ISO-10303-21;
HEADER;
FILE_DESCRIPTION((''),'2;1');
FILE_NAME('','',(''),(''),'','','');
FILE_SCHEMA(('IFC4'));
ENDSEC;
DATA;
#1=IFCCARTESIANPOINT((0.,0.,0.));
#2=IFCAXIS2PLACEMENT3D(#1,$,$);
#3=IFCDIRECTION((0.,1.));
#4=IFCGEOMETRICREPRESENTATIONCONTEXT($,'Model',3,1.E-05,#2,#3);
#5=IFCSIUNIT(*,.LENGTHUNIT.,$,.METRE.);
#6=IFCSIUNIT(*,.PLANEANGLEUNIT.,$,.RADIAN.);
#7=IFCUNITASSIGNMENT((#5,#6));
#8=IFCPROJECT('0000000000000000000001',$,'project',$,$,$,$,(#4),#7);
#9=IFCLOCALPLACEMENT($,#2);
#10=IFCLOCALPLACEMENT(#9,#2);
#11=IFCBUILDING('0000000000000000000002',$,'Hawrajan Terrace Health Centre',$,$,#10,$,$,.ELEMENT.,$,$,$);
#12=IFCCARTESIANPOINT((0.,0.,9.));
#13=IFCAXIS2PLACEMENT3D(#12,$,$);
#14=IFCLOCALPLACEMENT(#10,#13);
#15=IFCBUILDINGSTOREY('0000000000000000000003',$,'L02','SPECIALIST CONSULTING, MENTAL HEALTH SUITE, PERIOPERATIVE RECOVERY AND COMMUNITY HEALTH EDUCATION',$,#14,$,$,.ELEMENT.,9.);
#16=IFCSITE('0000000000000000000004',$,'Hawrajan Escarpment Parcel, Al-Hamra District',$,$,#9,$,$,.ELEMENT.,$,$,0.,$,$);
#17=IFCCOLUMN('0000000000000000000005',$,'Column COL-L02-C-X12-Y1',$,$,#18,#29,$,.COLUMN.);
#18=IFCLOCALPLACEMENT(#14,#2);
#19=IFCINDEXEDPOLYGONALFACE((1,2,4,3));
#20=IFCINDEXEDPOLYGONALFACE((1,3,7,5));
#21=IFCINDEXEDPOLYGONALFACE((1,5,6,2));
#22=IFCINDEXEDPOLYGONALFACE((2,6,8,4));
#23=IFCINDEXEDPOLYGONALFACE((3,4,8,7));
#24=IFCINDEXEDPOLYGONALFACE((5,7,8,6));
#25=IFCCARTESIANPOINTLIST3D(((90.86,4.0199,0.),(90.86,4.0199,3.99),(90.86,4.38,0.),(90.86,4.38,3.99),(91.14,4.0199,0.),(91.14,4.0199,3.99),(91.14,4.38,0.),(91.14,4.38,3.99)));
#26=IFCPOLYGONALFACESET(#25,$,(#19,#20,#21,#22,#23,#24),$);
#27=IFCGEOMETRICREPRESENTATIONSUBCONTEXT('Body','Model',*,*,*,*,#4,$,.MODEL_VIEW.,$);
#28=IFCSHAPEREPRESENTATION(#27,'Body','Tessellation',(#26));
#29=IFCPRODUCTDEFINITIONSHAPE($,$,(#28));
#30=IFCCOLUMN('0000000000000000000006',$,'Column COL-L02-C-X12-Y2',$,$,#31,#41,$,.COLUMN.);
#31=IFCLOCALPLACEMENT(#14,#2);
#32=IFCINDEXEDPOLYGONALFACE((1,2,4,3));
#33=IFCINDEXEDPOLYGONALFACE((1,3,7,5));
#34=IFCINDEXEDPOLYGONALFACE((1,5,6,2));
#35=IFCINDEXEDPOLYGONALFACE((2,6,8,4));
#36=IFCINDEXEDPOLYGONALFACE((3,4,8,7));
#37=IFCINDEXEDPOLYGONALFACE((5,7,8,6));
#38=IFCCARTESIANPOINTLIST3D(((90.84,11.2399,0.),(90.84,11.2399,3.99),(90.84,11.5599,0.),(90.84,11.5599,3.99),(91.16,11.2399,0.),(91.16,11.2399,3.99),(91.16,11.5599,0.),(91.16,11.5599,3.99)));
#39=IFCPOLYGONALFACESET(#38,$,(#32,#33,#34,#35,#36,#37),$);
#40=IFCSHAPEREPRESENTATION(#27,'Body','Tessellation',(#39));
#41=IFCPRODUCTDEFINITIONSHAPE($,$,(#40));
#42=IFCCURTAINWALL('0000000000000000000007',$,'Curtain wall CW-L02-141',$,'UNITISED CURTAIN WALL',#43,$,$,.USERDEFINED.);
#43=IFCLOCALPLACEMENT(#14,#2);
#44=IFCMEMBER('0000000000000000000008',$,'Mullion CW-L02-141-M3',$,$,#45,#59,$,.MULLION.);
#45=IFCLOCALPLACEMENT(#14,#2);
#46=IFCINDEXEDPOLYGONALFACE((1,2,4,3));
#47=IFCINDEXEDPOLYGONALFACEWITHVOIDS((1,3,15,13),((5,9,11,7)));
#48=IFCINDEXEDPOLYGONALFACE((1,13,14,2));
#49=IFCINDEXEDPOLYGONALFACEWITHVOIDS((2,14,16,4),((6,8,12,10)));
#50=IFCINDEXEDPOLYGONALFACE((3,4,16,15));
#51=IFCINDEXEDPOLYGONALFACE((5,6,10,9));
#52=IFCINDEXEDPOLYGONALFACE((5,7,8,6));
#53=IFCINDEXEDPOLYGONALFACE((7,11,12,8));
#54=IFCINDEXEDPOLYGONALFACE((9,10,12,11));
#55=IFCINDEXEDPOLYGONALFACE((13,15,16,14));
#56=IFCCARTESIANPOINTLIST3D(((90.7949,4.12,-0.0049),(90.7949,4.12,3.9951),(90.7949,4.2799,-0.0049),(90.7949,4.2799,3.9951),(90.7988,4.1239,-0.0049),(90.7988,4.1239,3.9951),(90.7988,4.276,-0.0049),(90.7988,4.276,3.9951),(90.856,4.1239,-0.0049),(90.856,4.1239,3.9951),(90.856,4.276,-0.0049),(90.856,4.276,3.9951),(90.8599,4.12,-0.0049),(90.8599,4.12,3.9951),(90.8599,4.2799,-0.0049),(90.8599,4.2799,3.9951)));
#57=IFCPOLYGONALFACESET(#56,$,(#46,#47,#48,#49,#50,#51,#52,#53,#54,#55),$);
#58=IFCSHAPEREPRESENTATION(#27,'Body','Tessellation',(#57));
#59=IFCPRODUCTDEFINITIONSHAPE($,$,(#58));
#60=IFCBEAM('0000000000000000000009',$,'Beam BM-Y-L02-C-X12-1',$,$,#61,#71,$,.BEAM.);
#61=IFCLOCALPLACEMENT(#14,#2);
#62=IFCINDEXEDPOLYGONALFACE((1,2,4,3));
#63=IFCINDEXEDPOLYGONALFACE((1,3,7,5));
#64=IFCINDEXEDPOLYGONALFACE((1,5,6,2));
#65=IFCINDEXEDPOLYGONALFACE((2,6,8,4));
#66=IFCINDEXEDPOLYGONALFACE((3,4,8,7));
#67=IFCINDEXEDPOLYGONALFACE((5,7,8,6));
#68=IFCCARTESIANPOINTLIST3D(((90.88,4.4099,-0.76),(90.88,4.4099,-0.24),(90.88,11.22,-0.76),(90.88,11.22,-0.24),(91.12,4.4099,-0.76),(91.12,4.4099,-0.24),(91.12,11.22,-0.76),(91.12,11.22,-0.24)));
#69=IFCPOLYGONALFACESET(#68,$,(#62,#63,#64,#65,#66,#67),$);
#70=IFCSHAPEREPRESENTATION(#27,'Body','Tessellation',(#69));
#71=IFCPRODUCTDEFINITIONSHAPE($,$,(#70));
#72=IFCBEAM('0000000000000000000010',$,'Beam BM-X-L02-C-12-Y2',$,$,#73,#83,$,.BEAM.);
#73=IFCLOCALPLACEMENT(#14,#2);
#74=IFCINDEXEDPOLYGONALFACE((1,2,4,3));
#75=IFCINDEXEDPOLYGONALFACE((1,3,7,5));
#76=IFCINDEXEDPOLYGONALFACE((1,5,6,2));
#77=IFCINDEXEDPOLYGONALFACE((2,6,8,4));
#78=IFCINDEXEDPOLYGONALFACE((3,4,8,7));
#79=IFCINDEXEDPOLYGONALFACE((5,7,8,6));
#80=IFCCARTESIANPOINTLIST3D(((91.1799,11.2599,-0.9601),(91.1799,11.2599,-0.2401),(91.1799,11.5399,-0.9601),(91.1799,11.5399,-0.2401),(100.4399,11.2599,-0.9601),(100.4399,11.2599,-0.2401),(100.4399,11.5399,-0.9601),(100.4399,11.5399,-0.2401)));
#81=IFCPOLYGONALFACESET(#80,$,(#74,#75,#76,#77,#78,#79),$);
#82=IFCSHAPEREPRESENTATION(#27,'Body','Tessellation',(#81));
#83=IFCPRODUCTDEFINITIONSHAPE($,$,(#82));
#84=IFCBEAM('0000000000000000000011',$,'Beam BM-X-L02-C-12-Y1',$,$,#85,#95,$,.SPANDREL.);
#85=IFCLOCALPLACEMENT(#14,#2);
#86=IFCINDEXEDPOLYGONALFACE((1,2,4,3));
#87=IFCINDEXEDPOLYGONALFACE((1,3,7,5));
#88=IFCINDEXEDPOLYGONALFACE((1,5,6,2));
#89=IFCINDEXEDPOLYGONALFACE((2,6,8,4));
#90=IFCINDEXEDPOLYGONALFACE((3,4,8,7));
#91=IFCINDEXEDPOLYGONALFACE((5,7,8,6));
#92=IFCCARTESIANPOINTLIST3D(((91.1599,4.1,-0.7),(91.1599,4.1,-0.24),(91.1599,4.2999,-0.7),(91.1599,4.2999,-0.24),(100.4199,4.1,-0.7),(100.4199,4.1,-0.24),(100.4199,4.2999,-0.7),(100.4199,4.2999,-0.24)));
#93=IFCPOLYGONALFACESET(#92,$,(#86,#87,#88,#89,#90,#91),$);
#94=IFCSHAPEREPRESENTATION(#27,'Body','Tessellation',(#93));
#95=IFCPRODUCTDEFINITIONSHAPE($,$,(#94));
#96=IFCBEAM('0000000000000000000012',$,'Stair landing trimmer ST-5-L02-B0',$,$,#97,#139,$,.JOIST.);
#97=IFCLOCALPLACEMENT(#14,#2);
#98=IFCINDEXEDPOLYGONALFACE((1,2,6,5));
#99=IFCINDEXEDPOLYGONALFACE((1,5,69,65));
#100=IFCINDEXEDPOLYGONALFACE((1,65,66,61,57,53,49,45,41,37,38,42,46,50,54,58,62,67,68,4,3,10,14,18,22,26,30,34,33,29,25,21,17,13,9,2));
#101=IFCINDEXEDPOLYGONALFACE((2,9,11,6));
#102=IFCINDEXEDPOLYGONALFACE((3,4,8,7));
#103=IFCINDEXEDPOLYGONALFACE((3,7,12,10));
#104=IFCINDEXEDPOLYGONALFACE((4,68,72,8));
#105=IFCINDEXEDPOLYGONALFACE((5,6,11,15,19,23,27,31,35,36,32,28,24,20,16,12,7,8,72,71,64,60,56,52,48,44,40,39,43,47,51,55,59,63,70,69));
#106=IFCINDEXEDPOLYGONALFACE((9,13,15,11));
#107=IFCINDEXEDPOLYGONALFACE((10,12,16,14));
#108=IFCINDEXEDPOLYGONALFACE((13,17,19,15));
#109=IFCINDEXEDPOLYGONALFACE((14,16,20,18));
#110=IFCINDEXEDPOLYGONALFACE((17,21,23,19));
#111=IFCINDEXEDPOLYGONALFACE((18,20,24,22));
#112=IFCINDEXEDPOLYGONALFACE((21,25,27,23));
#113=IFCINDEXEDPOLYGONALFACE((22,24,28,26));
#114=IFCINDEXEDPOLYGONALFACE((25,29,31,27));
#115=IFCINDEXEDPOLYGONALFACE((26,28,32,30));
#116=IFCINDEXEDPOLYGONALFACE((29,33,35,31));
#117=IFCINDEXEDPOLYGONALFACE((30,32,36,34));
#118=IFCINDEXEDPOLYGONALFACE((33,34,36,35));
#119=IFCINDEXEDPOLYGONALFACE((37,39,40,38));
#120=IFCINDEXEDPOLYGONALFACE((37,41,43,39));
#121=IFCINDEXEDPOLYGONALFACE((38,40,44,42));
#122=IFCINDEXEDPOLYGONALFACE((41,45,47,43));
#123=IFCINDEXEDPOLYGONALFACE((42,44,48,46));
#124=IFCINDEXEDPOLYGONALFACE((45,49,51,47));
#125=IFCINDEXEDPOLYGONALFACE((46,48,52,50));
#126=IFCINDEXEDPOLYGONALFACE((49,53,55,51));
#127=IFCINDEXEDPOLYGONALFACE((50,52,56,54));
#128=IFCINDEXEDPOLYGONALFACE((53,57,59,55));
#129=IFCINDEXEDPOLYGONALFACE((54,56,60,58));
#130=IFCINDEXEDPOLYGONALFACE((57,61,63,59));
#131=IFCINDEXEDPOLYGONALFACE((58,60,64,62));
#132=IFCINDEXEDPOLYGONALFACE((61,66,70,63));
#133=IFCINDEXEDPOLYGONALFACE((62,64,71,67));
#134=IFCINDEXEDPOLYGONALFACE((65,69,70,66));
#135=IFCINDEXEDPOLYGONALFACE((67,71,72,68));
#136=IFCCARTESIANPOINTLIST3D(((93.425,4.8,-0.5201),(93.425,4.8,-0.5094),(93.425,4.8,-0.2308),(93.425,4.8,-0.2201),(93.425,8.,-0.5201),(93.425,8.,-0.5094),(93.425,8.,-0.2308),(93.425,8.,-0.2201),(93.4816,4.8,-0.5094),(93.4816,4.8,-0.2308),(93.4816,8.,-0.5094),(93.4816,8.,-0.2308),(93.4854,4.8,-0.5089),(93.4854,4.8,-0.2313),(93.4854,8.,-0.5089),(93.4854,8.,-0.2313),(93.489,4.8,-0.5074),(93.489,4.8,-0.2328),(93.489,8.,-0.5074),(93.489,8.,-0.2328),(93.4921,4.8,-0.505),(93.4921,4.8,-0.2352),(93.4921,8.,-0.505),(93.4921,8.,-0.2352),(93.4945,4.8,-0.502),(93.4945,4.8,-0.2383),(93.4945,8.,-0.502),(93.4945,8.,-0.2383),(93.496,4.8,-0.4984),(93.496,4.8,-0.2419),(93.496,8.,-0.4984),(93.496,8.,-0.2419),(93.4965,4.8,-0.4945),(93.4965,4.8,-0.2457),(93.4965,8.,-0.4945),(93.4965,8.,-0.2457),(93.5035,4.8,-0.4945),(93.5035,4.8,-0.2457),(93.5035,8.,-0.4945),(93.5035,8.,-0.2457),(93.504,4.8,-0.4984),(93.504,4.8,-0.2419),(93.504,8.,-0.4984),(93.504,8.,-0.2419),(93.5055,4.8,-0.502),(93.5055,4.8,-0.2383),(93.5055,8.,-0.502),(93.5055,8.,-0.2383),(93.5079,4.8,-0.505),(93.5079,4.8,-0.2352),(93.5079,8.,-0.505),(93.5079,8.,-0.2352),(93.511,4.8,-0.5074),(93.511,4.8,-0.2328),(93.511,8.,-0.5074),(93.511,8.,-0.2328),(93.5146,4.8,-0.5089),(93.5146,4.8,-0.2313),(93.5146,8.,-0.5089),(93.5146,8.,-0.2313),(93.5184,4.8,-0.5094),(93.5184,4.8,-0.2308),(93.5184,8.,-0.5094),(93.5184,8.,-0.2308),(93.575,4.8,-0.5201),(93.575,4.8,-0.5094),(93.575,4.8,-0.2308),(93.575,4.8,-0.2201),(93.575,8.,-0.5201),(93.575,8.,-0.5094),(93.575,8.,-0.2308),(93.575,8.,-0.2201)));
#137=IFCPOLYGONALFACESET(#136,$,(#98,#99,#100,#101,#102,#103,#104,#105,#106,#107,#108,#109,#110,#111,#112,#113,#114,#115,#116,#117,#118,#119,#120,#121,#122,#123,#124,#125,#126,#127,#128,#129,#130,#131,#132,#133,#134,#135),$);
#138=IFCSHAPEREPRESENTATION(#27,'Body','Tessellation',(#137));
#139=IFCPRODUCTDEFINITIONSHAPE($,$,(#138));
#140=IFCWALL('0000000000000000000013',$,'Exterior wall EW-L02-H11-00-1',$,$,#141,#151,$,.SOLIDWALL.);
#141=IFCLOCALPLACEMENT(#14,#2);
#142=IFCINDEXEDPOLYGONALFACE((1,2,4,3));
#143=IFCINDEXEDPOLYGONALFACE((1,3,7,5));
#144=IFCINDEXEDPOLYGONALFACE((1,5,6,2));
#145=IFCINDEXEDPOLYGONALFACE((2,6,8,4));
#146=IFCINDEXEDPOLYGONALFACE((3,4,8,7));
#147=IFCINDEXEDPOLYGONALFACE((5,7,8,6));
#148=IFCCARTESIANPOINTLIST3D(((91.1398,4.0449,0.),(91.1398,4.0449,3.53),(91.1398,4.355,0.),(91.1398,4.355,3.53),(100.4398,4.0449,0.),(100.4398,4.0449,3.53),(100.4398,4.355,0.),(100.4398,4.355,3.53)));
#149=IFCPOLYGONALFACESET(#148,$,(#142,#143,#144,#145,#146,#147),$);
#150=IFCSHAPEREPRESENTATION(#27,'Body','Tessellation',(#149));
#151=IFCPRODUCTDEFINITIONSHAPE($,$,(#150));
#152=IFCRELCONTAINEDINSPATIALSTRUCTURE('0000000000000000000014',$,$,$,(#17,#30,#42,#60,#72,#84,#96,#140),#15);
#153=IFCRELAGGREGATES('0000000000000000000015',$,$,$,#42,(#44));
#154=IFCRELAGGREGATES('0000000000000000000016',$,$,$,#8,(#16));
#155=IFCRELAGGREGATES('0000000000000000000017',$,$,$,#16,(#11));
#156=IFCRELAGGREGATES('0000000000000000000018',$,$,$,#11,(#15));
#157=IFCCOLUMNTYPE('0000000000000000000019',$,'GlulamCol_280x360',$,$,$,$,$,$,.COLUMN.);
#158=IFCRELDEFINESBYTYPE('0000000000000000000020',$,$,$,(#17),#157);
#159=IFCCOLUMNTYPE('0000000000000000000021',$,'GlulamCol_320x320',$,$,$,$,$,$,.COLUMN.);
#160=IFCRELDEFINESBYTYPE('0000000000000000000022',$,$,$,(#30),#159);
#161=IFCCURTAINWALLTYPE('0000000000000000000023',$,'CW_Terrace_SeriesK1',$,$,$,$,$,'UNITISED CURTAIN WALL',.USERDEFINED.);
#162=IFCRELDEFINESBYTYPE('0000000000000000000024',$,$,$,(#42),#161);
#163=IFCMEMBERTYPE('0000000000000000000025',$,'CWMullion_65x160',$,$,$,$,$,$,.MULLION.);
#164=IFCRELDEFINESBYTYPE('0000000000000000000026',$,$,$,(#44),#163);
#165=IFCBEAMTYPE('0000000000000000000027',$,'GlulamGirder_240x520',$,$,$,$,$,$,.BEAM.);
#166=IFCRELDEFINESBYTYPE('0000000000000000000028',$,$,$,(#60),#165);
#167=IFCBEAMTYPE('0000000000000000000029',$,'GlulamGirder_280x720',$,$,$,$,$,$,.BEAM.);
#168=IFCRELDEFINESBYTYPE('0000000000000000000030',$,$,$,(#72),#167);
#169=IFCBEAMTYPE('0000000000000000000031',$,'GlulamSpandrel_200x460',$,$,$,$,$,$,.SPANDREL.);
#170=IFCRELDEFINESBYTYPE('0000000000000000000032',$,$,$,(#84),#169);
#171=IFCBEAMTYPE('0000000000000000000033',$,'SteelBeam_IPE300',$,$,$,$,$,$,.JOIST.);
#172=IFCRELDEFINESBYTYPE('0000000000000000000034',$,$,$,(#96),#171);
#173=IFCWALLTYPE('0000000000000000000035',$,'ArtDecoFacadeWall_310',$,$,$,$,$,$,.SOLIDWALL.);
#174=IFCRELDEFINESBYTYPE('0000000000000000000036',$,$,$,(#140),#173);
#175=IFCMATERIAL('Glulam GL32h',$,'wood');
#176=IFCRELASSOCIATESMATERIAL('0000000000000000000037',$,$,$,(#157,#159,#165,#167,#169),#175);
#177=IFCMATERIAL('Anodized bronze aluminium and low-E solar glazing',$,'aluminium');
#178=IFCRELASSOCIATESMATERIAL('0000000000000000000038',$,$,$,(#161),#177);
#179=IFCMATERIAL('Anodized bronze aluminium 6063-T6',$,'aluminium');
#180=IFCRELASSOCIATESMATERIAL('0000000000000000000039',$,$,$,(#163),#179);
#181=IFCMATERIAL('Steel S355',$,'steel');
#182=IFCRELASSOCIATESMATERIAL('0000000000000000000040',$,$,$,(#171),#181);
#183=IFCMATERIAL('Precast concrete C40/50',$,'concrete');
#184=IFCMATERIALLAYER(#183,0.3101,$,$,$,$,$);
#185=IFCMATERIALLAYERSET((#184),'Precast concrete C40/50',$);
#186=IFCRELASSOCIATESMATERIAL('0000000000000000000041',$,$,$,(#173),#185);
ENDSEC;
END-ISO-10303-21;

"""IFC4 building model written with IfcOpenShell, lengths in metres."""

from ifc_helpers import new_model, si_unit, direction, frame, frame_2d, origin, origin_2d, place, context, subcontext, project, spatial, rectangle, hollow_rectangle, i_section, extrude, material, layer, layer_set, material_profile, profile_set, type_object, element, aggregate, save


model = new_model("IFC4")

# Units and contexts
model_context = context("Model", 3, precision=1e-05, world=origin(), true_north=direction((0.0, 1.0)))
body_context = subcontext(model_context, "Body", "Model", "MODEL_VIEW")
ifc_project = project(units=[si_unit("LENGTHUNIT", "METRE"), si_unit("PLANEANGLEUNIT", "RADIAN")], contexts=[model_context])

# Site, building, storey
site_placement = place(None, origin())
site = spatial("IfcSite", under=ifc_project, at=site_placement, Name="Hawrajan Escarpment Parcel, Al-Hamra District", CompositionType="ELEMENT", RefElevation=0.0)
building_placement = place(site_placement, origin())
building = spatial("IfcBuilding", under=site, at=building_placement, Name="Hawrajan Terrace Health Centre", CompositionType="ELEMENT")
storey_placement = place(building_placement, frame((0.0, 0.0, 9.0)))
storey = spatial("IfcBuildingStorey", under=building, at=storey_placement, Name="L02", Description="SPECIALIST CONSULTING, MENTAL HEALTH SUITE, PERIOPERATIVE RECOVERY AND COMMUNITY HEALTH EDUCATION", CompositionType="ELEMENT", Elevation=9.0)

# Columns
ifc_material_1 = material(Name="Glulam GL32h", Category="wood")
ifc_material_profile_1 = material_profile(ifc_material_1, rectangle(XDim=0.28, YDim=0.3601, at=origin_2d()), Name="GL 280x360")
ifc_profile_set_1 = profile_set([ifc_material_profile_1], Name="Glulam GL32h")
column_type_1 = type_object("IfcColumnType", Name="GlulamCol_280x360", PredefinedType="COLUMN", material=ifc_profile_set_1)
column_1_placement = place(storey_placement, frame((91.0, 4.2, 0.0), z_axis=(0.0, 0.0, 1.0), x_axis=(1.0, 0.0, 0.0)))
element("IfcColumn", 1, at=column_1_placement, inside=storey, type_object=column_type_1, Name="Column COL-L02-C-X12-Y1", PredefinedType="COLUMN", context=body_context, shape_type="SweptSolid", body=[
    extrude(rectangle(XDim=0.28, YDim=0.3601, at=origin_2d()), origin(), (0.0, 0.0, 1.0), 3.99),
])
ifc_material_profile_2 = material_profile(ifc_material_1, rectangle(XDim=0.3201, YDim=0.3201, at=origin_2d()), Name="GL 320x320")
ifc_profile_set_2 = profile_set([ifc_material_profile_2], Name="Glulam GL32h")
column_type_2 = type_object("IfcColumnType", Name="GlulamCol_320x320", PredefinedType="COLUMN", material=ifc_profile_set_2)
column_2_placement = place(storey_placement, frame((91.0, 11.3999, 0.0), z_axis=(0.0, 0.0, 1.0), x_axis=(1.0, 0.0, 0.0)))
element("IfcColumn", 2, at=column_2_placement, inside=storey, type_object=column_type_2, Name="Column COL-L02-C-X12-Y2", PredefinedType="COLUMN", context=body_context, shape_type="SweptSolid", body=[
    extrude(rectangle(XDim=0.3201, YDim=0.3201, at=origin_2d()), origin(), (0.0, 0.0, 1.0), 3.99),
])

# Curtain wall, member
ifc_material_2 = material(Name="Anodized bronze aluminium and low-E solar glazing", Category="aluminium")
curtain_wall_type = type_object("IfcCurtainWallType", Name="CW_Terrace_SeriesK1", ElementType="UNITISED CURTAIN WALL", PredefinedType="USERDEFINED", material=ifc_material_2)
curtain_wall_placement = place(storey_placement, origin())
curtain_wall = element("IfcCurtainWall", 3, at=curtain_wall_placement, inside=storey, type_object=curtain_wall_type, Name="Curtain wall CW-L02-141", ObjectType="UNITISED CURTAIN WALL", PredefinedType="USERDEFINED")
ifc_material_3 = material(Name="Anodized bronze aluminium 6063-T6", Category="aluminium")
ifc_material_profile_3 = material_profile(ifc_material_3, hollow_rectangle(XDim=0.0649, YDim=0.1599, WallThickness=0.0039, at=origin_2d()), Name="CW MUL 65x160")
ifc_profile_set_3 = profile_set([ifc_material_profile_3], Name="Anodized bronze aluminium 6063-T6")
member_type = type_object("IfcMemberType", Name="CWMullion_65x160", PredefinedType="MULLION", material=ifc_profile_set_3)
member_placement = place(storey_placement, frame((90.8274, 4.2, -0.0049), z_axis=(0.0, 0.0, 1.0), x_axis=(1.0, 0.0, 0.0)))
member = element("IfcMember", 4, at=member_placement, type_object=member_type, Name="Mullion CW-L02-141-M3", PredefinedType="MULLION", context=body_context, shape_type="SweptSolid", body=[
    extrude(hollow_rectangle(XDim=0.0649, YDim=0.1599, WallThickness=0.0039, at=origin_2d()), origin(), (0.0, 0.0, 1.0), 4.0),
])
aggregate(curtain_wall, [member])

# Beams
ifc_material_profile_4 = material_profile(ifc_material_1, rectangle(XDim=0.24, YDim=0.52, at=origin_2d()), Name="GL BM 240x520")
ifc_profile_set_4 = profile_set([ifc_material_profile_4], Name="Glulam GL32h")
beam_type_1 = type_object("IfcBeamType", Name="GlulamGirder_240x520", PredefinedType="BEAM", material=ifc_profile_set_4)
beam_1_placement = place(storey_placement, frame((91.0, 4.4099, -0.5), z_axis=(0.0, 1.0, 0.0), x_axis=(-1.0, 0.0, 0.0)))
element("IfcBeam", 5, at=beam_1_placement, inside=storey, type_object=beam_type_1, Name="Beam BM-Y-L02-C-X12-1", PredefinedType="BEAM", context=body_context, shape_type="SweptSolid", body=[
    extrude(rectangle(XDim=0.24, YDim=0.52, at=origin_2d()), origin(), (0.0, 0.0, 1.0), 6.8101),
])
ifc_material_profile_5 = material_profile(ifc_material_1, rectangle(XDim=0.28, YDim=0.72, at=origin_2d()), Name="GL BM 280x720")
ifc_profile_set_5 = profile_set([ifc_material_profile_5], Name="Glulam GL32h")
beam_type_2 = type_object("IfcBeamType", Name="GlulamGirder_280x720", PredefinedType="BEAM", material=ifc_profile_set_5)
beam_2_placement = place(storey_placement, frame((91.1799, 11.3999, -0.6001), z_axis=(1.0, 0.0, 0.0), x_axis=(0.0, 1.0, 0.0)))
element("IfcBeam", 6, at=beam_2_placement, inside=storey, type_object=beam_type_2, Name="Beam BM-X-L02-C-12-Y2", PredefinedType="BEAM", context=body_context, shape_type="SweptSolid", body=[
    extrude(rectangle(XDim=0.28, YDim=0.72, at=origin_2d()), origin(), (0.0, 0.0, 1.0), 9.26),
])
ifc_material_profile_6 = material_profile(ifc_material_1, rectangle(XDim=0.2, YDim=0.46, at=origin_2d()), Name="GL SP 200x460")
ifc_profile_set_6 = profile_set([ifc_material_profile_6], Name="Glulam GL32h")
beam_type_3 = type_object("IfcBeamType", Name="GlulamSpandrel_200x460", PredefinedType="SPANDREL", material=ifc_profile_set_6)
beam_3_placement = place(storey_placement, frame((91.1599, 4.2, -0.47), z_axis=(1.0, 0.0, 0.0), x_axis=(0.0, 1.0, 0.0)))
element("IfcBeam", 7, at=beam_3_placement, inside=storey, type_object=beam_type_3, Name="Beam BM-X-L02-C-12-Y1", PredefinedType="SPANDREL", context=body_context, shape_type="SweptSolid", body=[
    extrude(rectangle(XDim=0.2, YDim=0.46, at=origin_2d()), origin(), (0.0, 0.0, 1.0), 9.26),
])
ifc_material_4 = material(Name="Steel S355", Category="steel")
ifc_material_profile_7 = material_profile(ifc_material_4, i_section(OverallWidth=0.1499, OverallDepth=0.3, WebThickness=0.0071, FlangeThickness=0.0107, FilletRadius=0.0149, at=origin_2d()), Name="IPE 300")
ifc_profile_set_7 = profile_set([ifc_material_profile_7], Name="Steel S355")
beam_type_4 = type_object("IfcBeamType", Name="SteelBeam_IPE300", PredefinedType="JOIST", material=ifc_profile_set_7)
beam_4_placement = place(storey_placement, frame((93.5, 4.8, -0.3701), z_axis=(0.0, 1.0, 0.0), x_axis=(-1.0, 0.0, 0.0)))
element("IfcBeam", 8, at=beam_4_placement, inside=storey, type_object=beam_type_4, Name="Stair landing trimmer ST-5-L02-B0", PredefinedType="JOIST", context=body_context, shape_type="SweptSolid", body=[
    extrude(i_section(OverallWidth=0.1499, OverallDepth=0.3, WebThickness=0.0071, FlangeThickness=0.0107, FilletRadius=0.0149, at=origin_2d()), origin(), (0.0, 0.0, 1.0), 3.2),
])

# Wall
ifc_material_5 = material(Name="Precast concrete C40/50", Category="concrete")
ifc_layer_1 = layer(ifc_material_5, 0.3101)
ifc_layer_set_1 = layer_set([ifc_layer_1], Name="Precast concrete C40/50")
wall_type_1 = type_object("IfcWallType", Name="ArtDecoFacadeWall_310", PredefinedType="SOLIDWALL", material=ifc_layer_set_1)
wall_1_placement = place(storey_placement, frame((91.1399, 4.2, 0.0), z_axis=(0.0, 0.0, 1.0), x_axis=(1.0, 0.0, 0.0)))
element("IfcWall", 9, at=wall_1_placement, inside=storey, type_object=wall_type_1, Name="Exterior wall EW-L02-H11-00-1", PredefinedType="SOLIDWALL", context=body_context, shape_type="SweptSolid", body=[
    extrude(rectangle(XDim=9.3, YDim=0.3101, at=frame_2d((4.6499, 0.0))), origin(), (0.0, 0.0, 1.0), 3.53),
])

save(model, "model.ifc")
